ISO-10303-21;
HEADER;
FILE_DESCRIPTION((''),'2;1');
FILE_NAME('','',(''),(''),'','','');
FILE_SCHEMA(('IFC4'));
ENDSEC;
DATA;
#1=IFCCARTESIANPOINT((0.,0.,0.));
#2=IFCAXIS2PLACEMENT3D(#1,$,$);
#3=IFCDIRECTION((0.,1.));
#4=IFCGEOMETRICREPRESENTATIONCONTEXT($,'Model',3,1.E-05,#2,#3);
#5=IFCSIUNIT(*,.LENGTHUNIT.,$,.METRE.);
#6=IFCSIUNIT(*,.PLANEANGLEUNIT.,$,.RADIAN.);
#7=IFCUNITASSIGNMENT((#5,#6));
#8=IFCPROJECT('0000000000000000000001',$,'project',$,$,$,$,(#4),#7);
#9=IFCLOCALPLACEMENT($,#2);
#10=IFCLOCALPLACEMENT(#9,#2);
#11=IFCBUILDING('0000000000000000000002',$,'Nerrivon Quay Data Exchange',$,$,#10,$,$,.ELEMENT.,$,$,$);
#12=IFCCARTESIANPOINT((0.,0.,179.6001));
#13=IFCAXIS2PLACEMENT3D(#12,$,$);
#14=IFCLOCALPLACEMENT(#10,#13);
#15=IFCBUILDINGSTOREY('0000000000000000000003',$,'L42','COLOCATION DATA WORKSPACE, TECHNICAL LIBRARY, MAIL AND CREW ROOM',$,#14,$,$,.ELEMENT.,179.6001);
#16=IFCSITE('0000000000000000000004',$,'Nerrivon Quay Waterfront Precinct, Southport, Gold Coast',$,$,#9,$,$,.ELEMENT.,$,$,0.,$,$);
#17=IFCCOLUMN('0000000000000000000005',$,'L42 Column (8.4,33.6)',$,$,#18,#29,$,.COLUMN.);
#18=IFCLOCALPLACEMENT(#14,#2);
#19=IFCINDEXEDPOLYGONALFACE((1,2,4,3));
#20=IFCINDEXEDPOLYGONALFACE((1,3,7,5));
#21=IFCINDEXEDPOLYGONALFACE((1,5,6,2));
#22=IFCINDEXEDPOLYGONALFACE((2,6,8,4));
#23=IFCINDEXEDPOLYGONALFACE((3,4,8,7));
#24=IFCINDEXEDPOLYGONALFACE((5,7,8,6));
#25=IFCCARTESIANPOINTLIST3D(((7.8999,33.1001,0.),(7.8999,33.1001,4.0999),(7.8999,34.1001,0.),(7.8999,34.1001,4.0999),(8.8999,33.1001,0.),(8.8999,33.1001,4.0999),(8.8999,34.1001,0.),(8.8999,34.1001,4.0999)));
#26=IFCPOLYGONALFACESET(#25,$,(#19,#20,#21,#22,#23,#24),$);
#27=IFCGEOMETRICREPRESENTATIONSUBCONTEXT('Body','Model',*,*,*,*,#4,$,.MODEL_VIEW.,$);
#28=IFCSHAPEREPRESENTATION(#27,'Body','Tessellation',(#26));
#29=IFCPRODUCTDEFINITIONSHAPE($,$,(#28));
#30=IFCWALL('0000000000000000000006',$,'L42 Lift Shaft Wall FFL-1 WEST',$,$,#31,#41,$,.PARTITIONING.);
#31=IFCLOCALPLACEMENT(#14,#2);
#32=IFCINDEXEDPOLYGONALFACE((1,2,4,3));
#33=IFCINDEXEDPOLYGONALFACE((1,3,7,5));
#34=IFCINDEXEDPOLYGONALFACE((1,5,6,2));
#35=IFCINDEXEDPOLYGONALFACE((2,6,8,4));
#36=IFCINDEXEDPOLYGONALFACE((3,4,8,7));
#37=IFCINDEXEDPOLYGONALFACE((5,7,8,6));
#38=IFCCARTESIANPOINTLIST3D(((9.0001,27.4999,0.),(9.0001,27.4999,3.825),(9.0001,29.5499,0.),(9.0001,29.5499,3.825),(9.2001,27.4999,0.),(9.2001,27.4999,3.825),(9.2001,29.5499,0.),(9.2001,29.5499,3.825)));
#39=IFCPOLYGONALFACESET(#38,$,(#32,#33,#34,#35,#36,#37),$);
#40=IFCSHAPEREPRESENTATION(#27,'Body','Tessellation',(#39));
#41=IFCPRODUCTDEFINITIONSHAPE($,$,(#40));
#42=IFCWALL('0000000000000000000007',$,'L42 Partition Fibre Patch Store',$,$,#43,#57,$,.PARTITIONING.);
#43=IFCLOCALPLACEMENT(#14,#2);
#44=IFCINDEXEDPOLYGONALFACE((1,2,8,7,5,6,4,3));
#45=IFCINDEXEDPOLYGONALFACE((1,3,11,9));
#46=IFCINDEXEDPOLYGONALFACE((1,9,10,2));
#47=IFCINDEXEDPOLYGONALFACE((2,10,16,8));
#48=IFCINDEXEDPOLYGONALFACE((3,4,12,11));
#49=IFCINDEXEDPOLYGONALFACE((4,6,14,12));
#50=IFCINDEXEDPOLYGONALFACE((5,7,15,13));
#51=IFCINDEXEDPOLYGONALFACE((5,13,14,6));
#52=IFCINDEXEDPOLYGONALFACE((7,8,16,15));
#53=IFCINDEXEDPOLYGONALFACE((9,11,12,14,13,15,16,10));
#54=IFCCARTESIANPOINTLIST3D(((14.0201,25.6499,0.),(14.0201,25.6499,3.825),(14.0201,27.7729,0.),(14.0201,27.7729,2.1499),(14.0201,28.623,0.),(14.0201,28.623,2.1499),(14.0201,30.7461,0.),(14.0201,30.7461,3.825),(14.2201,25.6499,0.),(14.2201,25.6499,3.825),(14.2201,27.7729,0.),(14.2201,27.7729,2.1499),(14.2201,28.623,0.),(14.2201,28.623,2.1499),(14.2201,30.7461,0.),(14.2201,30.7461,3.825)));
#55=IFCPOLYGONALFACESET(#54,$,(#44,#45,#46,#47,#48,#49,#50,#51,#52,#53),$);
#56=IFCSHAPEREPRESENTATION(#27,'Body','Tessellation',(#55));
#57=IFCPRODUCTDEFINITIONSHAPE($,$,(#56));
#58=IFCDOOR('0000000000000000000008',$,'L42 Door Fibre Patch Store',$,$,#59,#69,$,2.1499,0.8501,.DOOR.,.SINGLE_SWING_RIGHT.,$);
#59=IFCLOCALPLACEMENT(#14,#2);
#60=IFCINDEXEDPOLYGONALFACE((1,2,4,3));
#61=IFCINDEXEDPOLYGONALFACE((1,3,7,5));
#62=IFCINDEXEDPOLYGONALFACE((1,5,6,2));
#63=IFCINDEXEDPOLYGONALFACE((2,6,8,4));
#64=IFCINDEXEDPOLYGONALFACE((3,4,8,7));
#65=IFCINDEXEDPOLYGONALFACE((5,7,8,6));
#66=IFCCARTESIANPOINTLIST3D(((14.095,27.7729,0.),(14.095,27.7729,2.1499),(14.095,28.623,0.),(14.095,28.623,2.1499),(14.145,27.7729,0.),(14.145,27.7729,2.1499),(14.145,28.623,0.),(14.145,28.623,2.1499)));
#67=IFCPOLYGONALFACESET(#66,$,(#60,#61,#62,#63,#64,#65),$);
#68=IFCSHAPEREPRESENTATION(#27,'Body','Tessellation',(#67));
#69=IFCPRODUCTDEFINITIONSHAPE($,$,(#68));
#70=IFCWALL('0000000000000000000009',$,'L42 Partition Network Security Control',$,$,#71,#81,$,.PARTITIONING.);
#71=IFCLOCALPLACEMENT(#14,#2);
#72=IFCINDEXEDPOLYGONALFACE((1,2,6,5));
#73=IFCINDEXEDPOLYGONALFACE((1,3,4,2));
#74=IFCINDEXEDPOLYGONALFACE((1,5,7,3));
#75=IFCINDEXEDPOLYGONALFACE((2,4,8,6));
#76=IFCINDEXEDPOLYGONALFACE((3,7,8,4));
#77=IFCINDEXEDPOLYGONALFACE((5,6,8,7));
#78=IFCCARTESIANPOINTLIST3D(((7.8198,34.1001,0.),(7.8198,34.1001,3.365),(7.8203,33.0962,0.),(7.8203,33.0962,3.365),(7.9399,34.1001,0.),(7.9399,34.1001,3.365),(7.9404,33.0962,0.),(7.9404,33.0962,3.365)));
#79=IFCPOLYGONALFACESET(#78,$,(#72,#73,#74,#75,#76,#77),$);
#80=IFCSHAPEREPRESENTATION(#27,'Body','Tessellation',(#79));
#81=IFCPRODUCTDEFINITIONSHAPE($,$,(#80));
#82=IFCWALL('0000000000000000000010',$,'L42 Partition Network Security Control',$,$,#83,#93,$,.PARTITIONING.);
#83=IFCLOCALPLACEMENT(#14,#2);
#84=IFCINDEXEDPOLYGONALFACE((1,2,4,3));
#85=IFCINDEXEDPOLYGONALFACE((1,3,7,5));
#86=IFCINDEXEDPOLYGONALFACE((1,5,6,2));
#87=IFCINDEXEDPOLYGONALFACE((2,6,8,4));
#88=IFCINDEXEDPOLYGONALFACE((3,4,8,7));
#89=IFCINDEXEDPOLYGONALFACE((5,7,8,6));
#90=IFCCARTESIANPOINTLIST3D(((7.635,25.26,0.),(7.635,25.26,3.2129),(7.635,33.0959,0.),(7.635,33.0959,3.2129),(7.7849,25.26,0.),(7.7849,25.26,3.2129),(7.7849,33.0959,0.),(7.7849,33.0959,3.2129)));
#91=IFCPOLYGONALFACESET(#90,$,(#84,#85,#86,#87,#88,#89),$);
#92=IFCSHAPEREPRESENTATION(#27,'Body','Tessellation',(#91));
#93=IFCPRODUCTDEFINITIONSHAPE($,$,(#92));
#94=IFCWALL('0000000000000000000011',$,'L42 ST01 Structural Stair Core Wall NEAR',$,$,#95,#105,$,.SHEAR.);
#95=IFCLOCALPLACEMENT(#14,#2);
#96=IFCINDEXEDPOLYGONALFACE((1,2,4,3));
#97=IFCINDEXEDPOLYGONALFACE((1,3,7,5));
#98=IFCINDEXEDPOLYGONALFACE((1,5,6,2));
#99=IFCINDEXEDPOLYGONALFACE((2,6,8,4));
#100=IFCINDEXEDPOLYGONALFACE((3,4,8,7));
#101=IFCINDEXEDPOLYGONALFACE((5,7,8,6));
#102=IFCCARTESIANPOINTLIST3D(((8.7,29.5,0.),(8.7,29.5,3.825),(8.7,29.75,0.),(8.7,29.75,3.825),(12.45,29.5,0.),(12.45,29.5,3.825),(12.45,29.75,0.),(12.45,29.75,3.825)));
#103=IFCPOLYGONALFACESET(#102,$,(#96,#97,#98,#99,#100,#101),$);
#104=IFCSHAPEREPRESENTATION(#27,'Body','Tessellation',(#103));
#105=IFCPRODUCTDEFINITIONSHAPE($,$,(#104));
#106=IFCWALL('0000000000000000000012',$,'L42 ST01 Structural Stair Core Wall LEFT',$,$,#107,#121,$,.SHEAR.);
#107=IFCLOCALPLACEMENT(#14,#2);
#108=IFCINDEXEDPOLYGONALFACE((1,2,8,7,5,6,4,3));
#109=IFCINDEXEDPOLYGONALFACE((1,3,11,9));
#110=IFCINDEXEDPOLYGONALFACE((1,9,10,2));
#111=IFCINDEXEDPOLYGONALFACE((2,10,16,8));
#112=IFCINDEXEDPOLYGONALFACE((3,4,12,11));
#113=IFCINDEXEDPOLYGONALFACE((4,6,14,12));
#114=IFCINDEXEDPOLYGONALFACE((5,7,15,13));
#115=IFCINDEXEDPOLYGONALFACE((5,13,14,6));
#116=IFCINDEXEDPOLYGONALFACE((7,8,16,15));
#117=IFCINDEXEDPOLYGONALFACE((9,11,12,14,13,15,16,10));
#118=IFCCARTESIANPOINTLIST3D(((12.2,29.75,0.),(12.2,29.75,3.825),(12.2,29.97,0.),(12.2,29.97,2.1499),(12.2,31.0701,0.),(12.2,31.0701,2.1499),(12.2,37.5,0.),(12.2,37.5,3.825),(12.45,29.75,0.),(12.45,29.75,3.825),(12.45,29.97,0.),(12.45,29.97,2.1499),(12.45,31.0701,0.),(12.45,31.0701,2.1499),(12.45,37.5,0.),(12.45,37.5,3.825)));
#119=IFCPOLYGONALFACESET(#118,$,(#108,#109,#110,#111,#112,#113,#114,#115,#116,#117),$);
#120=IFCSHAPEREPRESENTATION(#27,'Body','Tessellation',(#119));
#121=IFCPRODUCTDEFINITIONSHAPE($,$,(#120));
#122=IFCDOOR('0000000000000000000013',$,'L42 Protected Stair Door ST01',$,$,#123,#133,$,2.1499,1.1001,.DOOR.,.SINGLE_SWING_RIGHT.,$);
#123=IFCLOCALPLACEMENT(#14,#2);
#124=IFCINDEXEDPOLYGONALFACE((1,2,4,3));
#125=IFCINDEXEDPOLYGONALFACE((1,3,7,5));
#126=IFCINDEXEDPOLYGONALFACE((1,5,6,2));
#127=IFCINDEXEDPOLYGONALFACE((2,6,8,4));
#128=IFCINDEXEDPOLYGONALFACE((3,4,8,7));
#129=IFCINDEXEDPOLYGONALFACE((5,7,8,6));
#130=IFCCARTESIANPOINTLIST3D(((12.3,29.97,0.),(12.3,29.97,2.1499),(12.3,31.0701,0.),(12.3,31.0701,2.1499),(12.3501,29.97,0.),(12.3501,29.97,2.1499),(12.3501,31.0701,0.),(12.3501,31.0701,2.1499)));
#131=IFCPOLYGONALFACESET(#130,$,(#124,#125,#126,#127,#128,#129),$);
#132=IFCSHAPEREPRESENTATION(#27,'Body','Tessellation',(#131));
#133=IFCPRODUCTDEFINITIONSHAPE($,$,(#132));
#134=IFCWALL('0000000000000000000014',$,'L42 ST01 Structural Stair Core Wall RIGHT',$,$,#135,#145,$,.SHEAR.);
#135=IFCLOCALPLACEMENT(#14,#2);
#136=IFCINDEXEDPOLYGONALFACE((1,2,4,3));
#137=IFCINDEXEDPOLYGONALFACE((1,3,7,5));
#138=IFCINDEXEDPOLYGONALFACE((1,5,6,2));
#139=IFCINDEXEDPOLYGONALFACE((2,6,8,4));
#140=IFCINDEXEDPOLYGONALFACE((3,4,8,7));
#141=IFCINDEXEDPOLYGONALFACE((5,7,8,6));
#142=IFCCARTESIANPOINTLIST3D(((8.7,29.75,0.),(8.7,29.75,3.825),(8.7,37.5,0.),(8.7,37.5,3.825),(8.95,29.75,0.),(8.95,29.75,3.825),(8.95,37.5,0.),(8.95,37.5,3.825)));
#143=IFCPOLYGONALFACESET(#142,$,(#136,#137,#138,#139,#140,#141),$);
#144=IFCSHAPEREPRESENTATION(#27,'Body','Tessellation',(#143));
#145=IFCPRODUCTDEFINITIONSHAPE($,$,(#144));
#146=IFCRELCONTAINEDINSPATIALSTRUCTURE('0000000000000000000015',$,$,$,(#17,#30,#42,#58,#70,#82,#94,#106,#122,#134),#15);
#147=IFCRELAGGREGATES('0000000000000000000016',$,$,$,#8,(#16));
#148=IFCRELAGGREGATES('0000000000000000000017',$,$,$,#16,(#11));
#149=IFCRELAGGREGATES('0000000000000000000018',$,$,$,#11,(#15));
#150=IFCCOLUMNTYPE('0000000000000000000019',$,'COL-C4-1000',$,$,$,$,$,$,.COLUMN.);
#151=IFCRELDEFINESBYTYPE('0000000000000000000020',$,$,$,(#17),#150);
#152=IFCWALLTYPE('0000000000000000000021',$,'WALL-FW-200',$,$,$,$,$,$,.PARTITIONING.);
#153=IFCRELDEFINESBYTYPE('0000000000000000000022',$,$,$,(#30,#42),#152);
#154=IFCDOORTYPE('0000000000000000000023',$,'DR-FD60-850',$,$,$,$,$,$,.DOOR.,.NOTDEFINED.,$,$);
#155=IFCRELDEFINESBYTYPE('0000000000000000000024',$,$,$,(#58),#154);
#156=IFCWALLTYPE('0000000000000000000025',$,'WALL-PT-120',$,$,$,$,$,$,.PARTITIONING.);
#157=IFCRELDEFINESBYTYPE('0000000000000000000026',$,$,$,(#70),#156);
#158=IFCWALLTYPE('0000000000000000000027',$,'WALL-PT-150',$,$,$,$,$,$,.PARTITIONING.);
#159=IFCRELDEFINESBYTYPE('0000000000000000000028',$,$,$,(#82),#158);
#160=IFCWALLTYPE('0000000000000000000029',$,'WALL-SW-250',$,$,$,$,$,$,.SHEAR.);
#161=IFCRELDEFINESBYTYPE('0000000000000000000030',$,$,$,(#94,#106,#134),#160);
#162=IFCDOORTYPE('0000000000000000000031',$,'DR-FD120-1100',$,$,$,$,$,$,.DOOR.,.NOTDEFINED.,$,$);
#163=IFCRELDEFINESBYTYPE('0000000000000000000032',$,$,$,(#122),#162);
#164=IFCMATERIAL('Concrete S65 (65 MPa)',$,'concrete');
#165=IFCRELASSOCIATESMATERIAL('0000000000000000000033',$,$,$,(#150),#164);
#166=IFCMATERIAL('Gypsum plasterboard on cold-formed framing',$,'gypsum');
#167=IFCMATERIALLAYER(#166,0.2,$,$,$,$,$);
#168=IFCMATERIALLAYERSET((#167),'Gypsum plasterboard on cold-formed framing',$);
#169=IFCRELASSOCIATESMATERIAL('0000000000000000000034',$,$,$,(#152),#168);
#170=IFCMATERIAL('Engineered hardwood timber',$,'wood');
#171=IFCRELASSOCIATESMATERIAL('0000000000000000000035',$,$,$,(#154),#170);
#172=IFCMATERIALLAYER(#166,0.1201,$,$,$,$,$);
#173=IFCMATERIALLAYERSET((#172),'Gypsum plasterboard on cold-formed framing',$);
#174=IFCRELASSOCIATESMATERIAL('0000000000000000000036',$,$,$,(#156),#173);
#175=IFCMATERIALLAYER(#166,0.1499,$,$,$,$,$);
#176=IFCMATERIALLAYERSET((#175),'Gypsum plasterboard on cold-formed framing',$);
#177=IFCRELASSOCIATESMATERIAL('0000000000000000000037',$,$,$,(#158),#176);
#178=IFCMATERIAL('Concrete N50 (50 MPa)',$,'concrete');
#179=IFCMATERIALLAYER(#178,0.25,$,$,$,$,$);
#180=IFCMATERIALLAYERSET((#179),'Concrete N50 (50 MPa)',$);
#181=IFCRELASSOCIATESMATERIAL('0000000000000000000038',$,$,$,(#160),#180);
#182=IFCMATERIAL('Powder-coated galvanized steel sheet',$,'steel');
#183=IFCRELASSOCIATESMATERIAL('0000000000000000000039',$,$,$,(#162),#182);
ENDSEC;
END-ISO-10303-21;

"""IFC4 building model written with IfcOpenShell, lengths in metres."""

from ifc_helpers import new_model, si_unit, direction, frame, frame_2d, origin, origin_2d, place, context, subcontext, project, spatial, rectangle, extrude, material, layer, layer_set, material_profile, profile_set, type_object, element, fill, save


model = new_model("IFC4")

# Units and contexts
model_context = context("Model", 3, precision=1e-05, world=origin(), true_north=direction((0.0, 1.0)))
body_context = subcontext(model_context, "Body", "Model", "MODEL_VIEW")
ifc_project = project(units=[si_unit("LENGTHUNIT", "METRE"), si_unit("PLANEANGLEUNIT", "RADIAN")], contexts=[model_context])

# Site, building, storey
site_placement = place(None, origin())
site = spatial("IfcSite", under=ifc_project, at=site_placement, Name="Nerrivon Quay Waterfront Precinct, Southport, Gold Coast", CompositionType="ELEMENT", RefElevation=0.0)
building_placement = place(site_placement, origin())
building = spatial("IfcBuilding", under=site, at=building_placement, Name="Nerrivon Quay Data Exchange", CompositionType="ELEMENT")
storey_placement = place(building_placement, frame((0.0, 0.0, 179.6001)))
storey = spatial("IfcBuildingStorey", under=building, at=storey_placement, Name="L42", Description="COLOCATION DATA WORKSPACE, TECHNICAL LIBRARY, MAIL AND CREW ROOM", CompositionType="ELEMENT", Elevation=179.6001)

# Column
ifc_material_1 = material(Name="Concrete S65 (65 MPa)", Category="concrete")
ifc_material_profile = material_profile(ifc_material_1, rectangle(XDim=1.0, YDim=1.0, at=origin_2d()), Name="RC-COL-1000x1000")
ifc_profile_set = profile_set([ifc_material_profile], Name="Concrete S65 (65 MPa)")
column_type = type_object("IfcColumnType", Name="COL-C4-1000", PredefinedType="COLUMN", material=ifc_profile_set)
column_placement = place(storey_placement, frame((8.3999, 33.6001, 0.0), z_axis=(0.0, 0.0, 1.0), x_axis=(1.0, 0.0, 0.0)))
element("IfcColumn", 1, at=column_placement, inside=storey, type_object=column_type, Name="L42 Column (8.4,33.6)", PredefinedType="COLUMN", context=body_context, shape_type="SweptSolid", body=[
    extrude(rectangle(XDim=1.0, YDim=1.0, at=origin_2d()), origin(), (0.0, 0.0, 1.0), 4.0999),
])

# Wall
ifc_material_2 = material(Name="Gypsum plasterboard on cold-formed framing", Category="gypsum")
ifc_layer_1 = layer(ifc_material_2, 0.2)
ifc_layer_set_1 = layer_set([ifc_layer_1], Name="Gypsum plasterboard on cold-formed framing")
wall_type_1 = type_object("IfcWallType", Name="WALL-FW-200", PredefinedType="PARTITIONING", material=ifc_layer_set_1)
wall_1_placement = place(storey_placement, frame((9.1001, 27.5, 0.0), z_axis=(0.0, 0.0, 1.0), x_axis=(0.0, 1.0, 0.0)))
element("IfcWall", 2, at=wall_1_placement, inside=storey, type_object=wall_type_1, Name="L42 Lift Shaft Wall FFL-1 WEST", PredefinedType="PARTITIONING", context=body_context, shape_type="SweptSolid", body=[
    extrude(rectangle(XDim=2.05, YDim=0.2, at=frame_2d((1.0249, 0.0))), origin(), (0.0, 0.0, 1.0), 3.825),
])

# Wall, opening, door
wall_2_placement = place(storey_placement, frame((14.1201, 30.7461, 0.0), z_axis=(0.0, 0.0, 1.0), x_axis=(0.0, -1.0, 0.0)))
wall_2 = element("IfcWall", 3, at=wall_2_placement, inside=storey, type_object=wall_type_1, Name="L42 Partition Fibre Patch Store", PredefinedType="PARTITIONING", context=body_context, shape_type="SweptSolid", body=[
    extrude(rectangle(XDim=5.0962, YDim=0.2, at=frame_2d((2.5481, 0.0))), origin(), (0.0, 0.0, 1.0), 3.825),
])
opening_1_placement = place(wall_2_placement, frame((2.123, 0.0, 0.0)))
opening_1 = element("IfcOpeningElement", 4, at=opening_1_placement, cuts=wall_2, PredefinedType="OPENING", context=body_context, shape_type="SweptSolid", body=[
    extrude(rectangle(XDim=0.8501, YDim=2.1499, at=frame_2d((0.425, 1.075))), frame((0.0, 0.1099, 0.0), z_axis=(0.0, -1.0, 0.0), x_axis=(1.0, 0.0, 0.0)), (0.0, 0.0, 1.0), 0.22),
])
ifc_material_3 = material(Name="Engineered hardwood timber", Category="wood")
door_type_1 = type_object("IfcDoorType", Name="DR-FD60-850", OperationType="NOTDEFINED", PredefinedType="DOOR", material=ifc_material_3)
door_1_placement = place(opening_1_placement, origin())
door_1 = element("IfcDoor", 5, at=door_1_placement, inside=storey, type_object=door_type_1, Name="L42 Door Fibre Patch Store", OperationType="SINGLE_SWING_RIGHT", OverallHeight=2.1499, OverallWidth=0.8501, PredefinedType="DOOR", context=body_context, shape_type="SweptSolid", body=[
    extrude(rectangle(XDim=0.8501, YDim=2.1499, at=frame_2d((0.425, 1.075))), frame((0.0, 0.0249, 0.0), z_axis=(0.0, -1.0, 0.0), x_axis=(1.0, 0.0, 0.0)), (0.0, 0.0, 1.0), 0.05),
])
fill(opening_1, door_1)

# Walls
ifc_layer_2 = layer(ifc_material_2, 0.1201)
ifc_layer_set_2 = layer_set([ifc_layer_2], Name="Gypsum plasterboard on cold-formed framing")
wall_type_2 = type_object("IfcWallType", Name="WALL-PT-120", PredefinedType="PARTITIONING", material=ifc_layer_set_2)
wall_3_placement = place(storey_placement, frame((7.8804, 33.0962, 0.0), z_axis=(0.0, 0.0, 1.0), x_axis=(-0.000486, 1.0, 0.0)))
element("IfcWall", 6, at=wall_3_placement, inside=storey, type_object=wall_type_2, Name="L42 Partition Network Security Control", PredefinedType="PARTITIONING", context=body_context, shape_type="SweptSolid", body=[
    extrude(rectangle(XDim=1.0039, YDim=0.1201, at=frame_2d((0.502, 0.0))), origin(), (0.0, 0.0, 1.0), 3.365),
])
ifc_layer_3 = layer(ifc_material_2, 0.1499)
ifc_layer_set_3 = layer_set([ifc_layer_3], Name="Gypsum plasterboard on cold-formed framing")
wall_type_3 = type_object("IfcWallType", Name="WALL-PT-150", PredefinedType="PARTITIONING", material=ifc_layer_set_3)
wall_4_placement = place(storey_placement, frame((7.71, 33.0959, 0.0), z_axis=(0.0, 0.0, 1.0), x_axis=(0.0, -1.0, 0.0)))
element("IfcWall", 7, at=wall_4_placement, inside=storey, type_object=wall_type_3, Name="L42 Partition Network Security Control", PredefinedType="PARTITIONING", context=body_context, shape_type="SweptSolid", body=[
    extrude(rectangle(XDim=7.8359, YDim=0.1499, at=frame_2d((3.918, 0.0))), origin(), (0.0, 0.0, 1.0), 3.2129),
])
ifc_material_4 = material(Name="Concrete N50 (50 MPa)", Category="concrete")
ifc_layer_4 = layer(ifc_material_4, 0.25)
ifc_layer_set_4 = layer_set([ifc_layer_4], Name="Concrete N50 (50 MPa)")
wall_type_4 = type_object("IfcWallType", Name="WALL-SW-250", PredefinedType="SHEAR", material=ifc_layer_set_4)
wall_5_placement = place(storey_placement, frame((12.45, 29.625, 0.0), z_axis=(0.0, 0.0, 1.0), x_axis=(-1.0, 0.0, 0.0)))
element("IfcWall", 8, at=wall_5_placement, inside=storey, type_object=wall_type_4, Name="L42 ST01 Structural Stair Core Wall NEAR", PredefinedType="SHEAR", context=body_context, shape_type="SweptSolid", body=[
    extrude(rectangle(XDim=3.75, YDim=0.25, at=frame_2d((1.875, 0.0))), origin(), (0.0, 0.0, 1.0), 3.825),
])

# Wall, opening, door
wall_6_placement = place(storey_placement, frame((12.325, 29.75, 0.0), z_axis=(0.0, 0.0, 1.0), x_axis=(0.0, 1.0, 0.0)))
wall_6 = element("IfcWall", 9, at=wall_6_placement, inside=storey, type_object=wall_type_4, Name="L42 ST01 Structural Stair Core Wall LEFT", PredefinedType="SHEAR", context=body_context, shape_type="SweptSolid", body=[
    extrude(rectangle(XDim=7.75, YDim=0.25, at=frame_2d((3.875, 0.0))), origin(), (0.0, 0.0, 1.0), 3.825),
])
opening_2_placement = place(wall_6_placement, frame((0.22, 0.0, 0.0)))
opening_2 = element("IfcOpeningElement", 10, at=opening_2_placement, cuts=wall_6, PredefinedType="OPENING", context=body_context, shape_type="SweptSolid", body=[
    extrude(rectangle(XDim=1.1001, YDim=2.1499, at=frame_2d((0.55, 1.075))), frame((0.0, 0.135, 0.0), z_axis=(0.0, -1.0, 0.0), x_axis=(1.0, 0.0, 0.0)), (0.0, 0.0, 1.0), 0.27),
])
ifc_material_5 = material(Name="Powder-coated galvanized steel sheet", Category="steel")
door_type_2 = type_object("IfcDoorType", Name="DR-FD120-1100", OperationType="NOTDEFINED", PredefinedType="DOOR", material=ifc_material_5)
door_2_placement = place(opening_2_placement, origin())
door_2 = element("IfcDoor", 11, at=door_2_placement, inside=storey, type_object=door_type_2, Name="L42 Protected Stair Door ST01", OperationType="SINGLE_SWING_RIGHT", OverallHeight=2.1499, OverallWidth=1.1001, PredefinedType="DOOR", context=body_context, shape_type="SweptSolid", body=[
    extrude(rectangle(XDim=1.1001, YDim=2.1499, at=frame_2d((0.55, 1.075))), frame((0.0, 0.0249, 0.0), z_axis=(0.0, -1.0, 0.0), x_axis=(1.0, 0.0, 0.0)), (0.0, 0.0, 1.0), 0.05),
])
fill(opening_2, door_2)

# Wall
wall_7_placement = place(storey_placement, frame((8.825, 29.75, 0.0), z_axis=(0.0, 0.0, 1.0), x_axis=(0.0, 1.0, 0.0)))
element("IfcWall", 12, at=wall_7_placement, inside=storey, type_object=wall_type_4, Name="L42 ST01 Structural Stair Core Wall RIGHT", PredefinedType="SHEAR", context=body_context, shape_type="SweptSolid", body=[
    extrude(rectangle(XDim=7.75, YDim=0.25, at=frame_2d((3.875, 0.0))), origin(), (0.0, 0.0, 1.0), 3.825),
])

save(model, "model.ifc")
